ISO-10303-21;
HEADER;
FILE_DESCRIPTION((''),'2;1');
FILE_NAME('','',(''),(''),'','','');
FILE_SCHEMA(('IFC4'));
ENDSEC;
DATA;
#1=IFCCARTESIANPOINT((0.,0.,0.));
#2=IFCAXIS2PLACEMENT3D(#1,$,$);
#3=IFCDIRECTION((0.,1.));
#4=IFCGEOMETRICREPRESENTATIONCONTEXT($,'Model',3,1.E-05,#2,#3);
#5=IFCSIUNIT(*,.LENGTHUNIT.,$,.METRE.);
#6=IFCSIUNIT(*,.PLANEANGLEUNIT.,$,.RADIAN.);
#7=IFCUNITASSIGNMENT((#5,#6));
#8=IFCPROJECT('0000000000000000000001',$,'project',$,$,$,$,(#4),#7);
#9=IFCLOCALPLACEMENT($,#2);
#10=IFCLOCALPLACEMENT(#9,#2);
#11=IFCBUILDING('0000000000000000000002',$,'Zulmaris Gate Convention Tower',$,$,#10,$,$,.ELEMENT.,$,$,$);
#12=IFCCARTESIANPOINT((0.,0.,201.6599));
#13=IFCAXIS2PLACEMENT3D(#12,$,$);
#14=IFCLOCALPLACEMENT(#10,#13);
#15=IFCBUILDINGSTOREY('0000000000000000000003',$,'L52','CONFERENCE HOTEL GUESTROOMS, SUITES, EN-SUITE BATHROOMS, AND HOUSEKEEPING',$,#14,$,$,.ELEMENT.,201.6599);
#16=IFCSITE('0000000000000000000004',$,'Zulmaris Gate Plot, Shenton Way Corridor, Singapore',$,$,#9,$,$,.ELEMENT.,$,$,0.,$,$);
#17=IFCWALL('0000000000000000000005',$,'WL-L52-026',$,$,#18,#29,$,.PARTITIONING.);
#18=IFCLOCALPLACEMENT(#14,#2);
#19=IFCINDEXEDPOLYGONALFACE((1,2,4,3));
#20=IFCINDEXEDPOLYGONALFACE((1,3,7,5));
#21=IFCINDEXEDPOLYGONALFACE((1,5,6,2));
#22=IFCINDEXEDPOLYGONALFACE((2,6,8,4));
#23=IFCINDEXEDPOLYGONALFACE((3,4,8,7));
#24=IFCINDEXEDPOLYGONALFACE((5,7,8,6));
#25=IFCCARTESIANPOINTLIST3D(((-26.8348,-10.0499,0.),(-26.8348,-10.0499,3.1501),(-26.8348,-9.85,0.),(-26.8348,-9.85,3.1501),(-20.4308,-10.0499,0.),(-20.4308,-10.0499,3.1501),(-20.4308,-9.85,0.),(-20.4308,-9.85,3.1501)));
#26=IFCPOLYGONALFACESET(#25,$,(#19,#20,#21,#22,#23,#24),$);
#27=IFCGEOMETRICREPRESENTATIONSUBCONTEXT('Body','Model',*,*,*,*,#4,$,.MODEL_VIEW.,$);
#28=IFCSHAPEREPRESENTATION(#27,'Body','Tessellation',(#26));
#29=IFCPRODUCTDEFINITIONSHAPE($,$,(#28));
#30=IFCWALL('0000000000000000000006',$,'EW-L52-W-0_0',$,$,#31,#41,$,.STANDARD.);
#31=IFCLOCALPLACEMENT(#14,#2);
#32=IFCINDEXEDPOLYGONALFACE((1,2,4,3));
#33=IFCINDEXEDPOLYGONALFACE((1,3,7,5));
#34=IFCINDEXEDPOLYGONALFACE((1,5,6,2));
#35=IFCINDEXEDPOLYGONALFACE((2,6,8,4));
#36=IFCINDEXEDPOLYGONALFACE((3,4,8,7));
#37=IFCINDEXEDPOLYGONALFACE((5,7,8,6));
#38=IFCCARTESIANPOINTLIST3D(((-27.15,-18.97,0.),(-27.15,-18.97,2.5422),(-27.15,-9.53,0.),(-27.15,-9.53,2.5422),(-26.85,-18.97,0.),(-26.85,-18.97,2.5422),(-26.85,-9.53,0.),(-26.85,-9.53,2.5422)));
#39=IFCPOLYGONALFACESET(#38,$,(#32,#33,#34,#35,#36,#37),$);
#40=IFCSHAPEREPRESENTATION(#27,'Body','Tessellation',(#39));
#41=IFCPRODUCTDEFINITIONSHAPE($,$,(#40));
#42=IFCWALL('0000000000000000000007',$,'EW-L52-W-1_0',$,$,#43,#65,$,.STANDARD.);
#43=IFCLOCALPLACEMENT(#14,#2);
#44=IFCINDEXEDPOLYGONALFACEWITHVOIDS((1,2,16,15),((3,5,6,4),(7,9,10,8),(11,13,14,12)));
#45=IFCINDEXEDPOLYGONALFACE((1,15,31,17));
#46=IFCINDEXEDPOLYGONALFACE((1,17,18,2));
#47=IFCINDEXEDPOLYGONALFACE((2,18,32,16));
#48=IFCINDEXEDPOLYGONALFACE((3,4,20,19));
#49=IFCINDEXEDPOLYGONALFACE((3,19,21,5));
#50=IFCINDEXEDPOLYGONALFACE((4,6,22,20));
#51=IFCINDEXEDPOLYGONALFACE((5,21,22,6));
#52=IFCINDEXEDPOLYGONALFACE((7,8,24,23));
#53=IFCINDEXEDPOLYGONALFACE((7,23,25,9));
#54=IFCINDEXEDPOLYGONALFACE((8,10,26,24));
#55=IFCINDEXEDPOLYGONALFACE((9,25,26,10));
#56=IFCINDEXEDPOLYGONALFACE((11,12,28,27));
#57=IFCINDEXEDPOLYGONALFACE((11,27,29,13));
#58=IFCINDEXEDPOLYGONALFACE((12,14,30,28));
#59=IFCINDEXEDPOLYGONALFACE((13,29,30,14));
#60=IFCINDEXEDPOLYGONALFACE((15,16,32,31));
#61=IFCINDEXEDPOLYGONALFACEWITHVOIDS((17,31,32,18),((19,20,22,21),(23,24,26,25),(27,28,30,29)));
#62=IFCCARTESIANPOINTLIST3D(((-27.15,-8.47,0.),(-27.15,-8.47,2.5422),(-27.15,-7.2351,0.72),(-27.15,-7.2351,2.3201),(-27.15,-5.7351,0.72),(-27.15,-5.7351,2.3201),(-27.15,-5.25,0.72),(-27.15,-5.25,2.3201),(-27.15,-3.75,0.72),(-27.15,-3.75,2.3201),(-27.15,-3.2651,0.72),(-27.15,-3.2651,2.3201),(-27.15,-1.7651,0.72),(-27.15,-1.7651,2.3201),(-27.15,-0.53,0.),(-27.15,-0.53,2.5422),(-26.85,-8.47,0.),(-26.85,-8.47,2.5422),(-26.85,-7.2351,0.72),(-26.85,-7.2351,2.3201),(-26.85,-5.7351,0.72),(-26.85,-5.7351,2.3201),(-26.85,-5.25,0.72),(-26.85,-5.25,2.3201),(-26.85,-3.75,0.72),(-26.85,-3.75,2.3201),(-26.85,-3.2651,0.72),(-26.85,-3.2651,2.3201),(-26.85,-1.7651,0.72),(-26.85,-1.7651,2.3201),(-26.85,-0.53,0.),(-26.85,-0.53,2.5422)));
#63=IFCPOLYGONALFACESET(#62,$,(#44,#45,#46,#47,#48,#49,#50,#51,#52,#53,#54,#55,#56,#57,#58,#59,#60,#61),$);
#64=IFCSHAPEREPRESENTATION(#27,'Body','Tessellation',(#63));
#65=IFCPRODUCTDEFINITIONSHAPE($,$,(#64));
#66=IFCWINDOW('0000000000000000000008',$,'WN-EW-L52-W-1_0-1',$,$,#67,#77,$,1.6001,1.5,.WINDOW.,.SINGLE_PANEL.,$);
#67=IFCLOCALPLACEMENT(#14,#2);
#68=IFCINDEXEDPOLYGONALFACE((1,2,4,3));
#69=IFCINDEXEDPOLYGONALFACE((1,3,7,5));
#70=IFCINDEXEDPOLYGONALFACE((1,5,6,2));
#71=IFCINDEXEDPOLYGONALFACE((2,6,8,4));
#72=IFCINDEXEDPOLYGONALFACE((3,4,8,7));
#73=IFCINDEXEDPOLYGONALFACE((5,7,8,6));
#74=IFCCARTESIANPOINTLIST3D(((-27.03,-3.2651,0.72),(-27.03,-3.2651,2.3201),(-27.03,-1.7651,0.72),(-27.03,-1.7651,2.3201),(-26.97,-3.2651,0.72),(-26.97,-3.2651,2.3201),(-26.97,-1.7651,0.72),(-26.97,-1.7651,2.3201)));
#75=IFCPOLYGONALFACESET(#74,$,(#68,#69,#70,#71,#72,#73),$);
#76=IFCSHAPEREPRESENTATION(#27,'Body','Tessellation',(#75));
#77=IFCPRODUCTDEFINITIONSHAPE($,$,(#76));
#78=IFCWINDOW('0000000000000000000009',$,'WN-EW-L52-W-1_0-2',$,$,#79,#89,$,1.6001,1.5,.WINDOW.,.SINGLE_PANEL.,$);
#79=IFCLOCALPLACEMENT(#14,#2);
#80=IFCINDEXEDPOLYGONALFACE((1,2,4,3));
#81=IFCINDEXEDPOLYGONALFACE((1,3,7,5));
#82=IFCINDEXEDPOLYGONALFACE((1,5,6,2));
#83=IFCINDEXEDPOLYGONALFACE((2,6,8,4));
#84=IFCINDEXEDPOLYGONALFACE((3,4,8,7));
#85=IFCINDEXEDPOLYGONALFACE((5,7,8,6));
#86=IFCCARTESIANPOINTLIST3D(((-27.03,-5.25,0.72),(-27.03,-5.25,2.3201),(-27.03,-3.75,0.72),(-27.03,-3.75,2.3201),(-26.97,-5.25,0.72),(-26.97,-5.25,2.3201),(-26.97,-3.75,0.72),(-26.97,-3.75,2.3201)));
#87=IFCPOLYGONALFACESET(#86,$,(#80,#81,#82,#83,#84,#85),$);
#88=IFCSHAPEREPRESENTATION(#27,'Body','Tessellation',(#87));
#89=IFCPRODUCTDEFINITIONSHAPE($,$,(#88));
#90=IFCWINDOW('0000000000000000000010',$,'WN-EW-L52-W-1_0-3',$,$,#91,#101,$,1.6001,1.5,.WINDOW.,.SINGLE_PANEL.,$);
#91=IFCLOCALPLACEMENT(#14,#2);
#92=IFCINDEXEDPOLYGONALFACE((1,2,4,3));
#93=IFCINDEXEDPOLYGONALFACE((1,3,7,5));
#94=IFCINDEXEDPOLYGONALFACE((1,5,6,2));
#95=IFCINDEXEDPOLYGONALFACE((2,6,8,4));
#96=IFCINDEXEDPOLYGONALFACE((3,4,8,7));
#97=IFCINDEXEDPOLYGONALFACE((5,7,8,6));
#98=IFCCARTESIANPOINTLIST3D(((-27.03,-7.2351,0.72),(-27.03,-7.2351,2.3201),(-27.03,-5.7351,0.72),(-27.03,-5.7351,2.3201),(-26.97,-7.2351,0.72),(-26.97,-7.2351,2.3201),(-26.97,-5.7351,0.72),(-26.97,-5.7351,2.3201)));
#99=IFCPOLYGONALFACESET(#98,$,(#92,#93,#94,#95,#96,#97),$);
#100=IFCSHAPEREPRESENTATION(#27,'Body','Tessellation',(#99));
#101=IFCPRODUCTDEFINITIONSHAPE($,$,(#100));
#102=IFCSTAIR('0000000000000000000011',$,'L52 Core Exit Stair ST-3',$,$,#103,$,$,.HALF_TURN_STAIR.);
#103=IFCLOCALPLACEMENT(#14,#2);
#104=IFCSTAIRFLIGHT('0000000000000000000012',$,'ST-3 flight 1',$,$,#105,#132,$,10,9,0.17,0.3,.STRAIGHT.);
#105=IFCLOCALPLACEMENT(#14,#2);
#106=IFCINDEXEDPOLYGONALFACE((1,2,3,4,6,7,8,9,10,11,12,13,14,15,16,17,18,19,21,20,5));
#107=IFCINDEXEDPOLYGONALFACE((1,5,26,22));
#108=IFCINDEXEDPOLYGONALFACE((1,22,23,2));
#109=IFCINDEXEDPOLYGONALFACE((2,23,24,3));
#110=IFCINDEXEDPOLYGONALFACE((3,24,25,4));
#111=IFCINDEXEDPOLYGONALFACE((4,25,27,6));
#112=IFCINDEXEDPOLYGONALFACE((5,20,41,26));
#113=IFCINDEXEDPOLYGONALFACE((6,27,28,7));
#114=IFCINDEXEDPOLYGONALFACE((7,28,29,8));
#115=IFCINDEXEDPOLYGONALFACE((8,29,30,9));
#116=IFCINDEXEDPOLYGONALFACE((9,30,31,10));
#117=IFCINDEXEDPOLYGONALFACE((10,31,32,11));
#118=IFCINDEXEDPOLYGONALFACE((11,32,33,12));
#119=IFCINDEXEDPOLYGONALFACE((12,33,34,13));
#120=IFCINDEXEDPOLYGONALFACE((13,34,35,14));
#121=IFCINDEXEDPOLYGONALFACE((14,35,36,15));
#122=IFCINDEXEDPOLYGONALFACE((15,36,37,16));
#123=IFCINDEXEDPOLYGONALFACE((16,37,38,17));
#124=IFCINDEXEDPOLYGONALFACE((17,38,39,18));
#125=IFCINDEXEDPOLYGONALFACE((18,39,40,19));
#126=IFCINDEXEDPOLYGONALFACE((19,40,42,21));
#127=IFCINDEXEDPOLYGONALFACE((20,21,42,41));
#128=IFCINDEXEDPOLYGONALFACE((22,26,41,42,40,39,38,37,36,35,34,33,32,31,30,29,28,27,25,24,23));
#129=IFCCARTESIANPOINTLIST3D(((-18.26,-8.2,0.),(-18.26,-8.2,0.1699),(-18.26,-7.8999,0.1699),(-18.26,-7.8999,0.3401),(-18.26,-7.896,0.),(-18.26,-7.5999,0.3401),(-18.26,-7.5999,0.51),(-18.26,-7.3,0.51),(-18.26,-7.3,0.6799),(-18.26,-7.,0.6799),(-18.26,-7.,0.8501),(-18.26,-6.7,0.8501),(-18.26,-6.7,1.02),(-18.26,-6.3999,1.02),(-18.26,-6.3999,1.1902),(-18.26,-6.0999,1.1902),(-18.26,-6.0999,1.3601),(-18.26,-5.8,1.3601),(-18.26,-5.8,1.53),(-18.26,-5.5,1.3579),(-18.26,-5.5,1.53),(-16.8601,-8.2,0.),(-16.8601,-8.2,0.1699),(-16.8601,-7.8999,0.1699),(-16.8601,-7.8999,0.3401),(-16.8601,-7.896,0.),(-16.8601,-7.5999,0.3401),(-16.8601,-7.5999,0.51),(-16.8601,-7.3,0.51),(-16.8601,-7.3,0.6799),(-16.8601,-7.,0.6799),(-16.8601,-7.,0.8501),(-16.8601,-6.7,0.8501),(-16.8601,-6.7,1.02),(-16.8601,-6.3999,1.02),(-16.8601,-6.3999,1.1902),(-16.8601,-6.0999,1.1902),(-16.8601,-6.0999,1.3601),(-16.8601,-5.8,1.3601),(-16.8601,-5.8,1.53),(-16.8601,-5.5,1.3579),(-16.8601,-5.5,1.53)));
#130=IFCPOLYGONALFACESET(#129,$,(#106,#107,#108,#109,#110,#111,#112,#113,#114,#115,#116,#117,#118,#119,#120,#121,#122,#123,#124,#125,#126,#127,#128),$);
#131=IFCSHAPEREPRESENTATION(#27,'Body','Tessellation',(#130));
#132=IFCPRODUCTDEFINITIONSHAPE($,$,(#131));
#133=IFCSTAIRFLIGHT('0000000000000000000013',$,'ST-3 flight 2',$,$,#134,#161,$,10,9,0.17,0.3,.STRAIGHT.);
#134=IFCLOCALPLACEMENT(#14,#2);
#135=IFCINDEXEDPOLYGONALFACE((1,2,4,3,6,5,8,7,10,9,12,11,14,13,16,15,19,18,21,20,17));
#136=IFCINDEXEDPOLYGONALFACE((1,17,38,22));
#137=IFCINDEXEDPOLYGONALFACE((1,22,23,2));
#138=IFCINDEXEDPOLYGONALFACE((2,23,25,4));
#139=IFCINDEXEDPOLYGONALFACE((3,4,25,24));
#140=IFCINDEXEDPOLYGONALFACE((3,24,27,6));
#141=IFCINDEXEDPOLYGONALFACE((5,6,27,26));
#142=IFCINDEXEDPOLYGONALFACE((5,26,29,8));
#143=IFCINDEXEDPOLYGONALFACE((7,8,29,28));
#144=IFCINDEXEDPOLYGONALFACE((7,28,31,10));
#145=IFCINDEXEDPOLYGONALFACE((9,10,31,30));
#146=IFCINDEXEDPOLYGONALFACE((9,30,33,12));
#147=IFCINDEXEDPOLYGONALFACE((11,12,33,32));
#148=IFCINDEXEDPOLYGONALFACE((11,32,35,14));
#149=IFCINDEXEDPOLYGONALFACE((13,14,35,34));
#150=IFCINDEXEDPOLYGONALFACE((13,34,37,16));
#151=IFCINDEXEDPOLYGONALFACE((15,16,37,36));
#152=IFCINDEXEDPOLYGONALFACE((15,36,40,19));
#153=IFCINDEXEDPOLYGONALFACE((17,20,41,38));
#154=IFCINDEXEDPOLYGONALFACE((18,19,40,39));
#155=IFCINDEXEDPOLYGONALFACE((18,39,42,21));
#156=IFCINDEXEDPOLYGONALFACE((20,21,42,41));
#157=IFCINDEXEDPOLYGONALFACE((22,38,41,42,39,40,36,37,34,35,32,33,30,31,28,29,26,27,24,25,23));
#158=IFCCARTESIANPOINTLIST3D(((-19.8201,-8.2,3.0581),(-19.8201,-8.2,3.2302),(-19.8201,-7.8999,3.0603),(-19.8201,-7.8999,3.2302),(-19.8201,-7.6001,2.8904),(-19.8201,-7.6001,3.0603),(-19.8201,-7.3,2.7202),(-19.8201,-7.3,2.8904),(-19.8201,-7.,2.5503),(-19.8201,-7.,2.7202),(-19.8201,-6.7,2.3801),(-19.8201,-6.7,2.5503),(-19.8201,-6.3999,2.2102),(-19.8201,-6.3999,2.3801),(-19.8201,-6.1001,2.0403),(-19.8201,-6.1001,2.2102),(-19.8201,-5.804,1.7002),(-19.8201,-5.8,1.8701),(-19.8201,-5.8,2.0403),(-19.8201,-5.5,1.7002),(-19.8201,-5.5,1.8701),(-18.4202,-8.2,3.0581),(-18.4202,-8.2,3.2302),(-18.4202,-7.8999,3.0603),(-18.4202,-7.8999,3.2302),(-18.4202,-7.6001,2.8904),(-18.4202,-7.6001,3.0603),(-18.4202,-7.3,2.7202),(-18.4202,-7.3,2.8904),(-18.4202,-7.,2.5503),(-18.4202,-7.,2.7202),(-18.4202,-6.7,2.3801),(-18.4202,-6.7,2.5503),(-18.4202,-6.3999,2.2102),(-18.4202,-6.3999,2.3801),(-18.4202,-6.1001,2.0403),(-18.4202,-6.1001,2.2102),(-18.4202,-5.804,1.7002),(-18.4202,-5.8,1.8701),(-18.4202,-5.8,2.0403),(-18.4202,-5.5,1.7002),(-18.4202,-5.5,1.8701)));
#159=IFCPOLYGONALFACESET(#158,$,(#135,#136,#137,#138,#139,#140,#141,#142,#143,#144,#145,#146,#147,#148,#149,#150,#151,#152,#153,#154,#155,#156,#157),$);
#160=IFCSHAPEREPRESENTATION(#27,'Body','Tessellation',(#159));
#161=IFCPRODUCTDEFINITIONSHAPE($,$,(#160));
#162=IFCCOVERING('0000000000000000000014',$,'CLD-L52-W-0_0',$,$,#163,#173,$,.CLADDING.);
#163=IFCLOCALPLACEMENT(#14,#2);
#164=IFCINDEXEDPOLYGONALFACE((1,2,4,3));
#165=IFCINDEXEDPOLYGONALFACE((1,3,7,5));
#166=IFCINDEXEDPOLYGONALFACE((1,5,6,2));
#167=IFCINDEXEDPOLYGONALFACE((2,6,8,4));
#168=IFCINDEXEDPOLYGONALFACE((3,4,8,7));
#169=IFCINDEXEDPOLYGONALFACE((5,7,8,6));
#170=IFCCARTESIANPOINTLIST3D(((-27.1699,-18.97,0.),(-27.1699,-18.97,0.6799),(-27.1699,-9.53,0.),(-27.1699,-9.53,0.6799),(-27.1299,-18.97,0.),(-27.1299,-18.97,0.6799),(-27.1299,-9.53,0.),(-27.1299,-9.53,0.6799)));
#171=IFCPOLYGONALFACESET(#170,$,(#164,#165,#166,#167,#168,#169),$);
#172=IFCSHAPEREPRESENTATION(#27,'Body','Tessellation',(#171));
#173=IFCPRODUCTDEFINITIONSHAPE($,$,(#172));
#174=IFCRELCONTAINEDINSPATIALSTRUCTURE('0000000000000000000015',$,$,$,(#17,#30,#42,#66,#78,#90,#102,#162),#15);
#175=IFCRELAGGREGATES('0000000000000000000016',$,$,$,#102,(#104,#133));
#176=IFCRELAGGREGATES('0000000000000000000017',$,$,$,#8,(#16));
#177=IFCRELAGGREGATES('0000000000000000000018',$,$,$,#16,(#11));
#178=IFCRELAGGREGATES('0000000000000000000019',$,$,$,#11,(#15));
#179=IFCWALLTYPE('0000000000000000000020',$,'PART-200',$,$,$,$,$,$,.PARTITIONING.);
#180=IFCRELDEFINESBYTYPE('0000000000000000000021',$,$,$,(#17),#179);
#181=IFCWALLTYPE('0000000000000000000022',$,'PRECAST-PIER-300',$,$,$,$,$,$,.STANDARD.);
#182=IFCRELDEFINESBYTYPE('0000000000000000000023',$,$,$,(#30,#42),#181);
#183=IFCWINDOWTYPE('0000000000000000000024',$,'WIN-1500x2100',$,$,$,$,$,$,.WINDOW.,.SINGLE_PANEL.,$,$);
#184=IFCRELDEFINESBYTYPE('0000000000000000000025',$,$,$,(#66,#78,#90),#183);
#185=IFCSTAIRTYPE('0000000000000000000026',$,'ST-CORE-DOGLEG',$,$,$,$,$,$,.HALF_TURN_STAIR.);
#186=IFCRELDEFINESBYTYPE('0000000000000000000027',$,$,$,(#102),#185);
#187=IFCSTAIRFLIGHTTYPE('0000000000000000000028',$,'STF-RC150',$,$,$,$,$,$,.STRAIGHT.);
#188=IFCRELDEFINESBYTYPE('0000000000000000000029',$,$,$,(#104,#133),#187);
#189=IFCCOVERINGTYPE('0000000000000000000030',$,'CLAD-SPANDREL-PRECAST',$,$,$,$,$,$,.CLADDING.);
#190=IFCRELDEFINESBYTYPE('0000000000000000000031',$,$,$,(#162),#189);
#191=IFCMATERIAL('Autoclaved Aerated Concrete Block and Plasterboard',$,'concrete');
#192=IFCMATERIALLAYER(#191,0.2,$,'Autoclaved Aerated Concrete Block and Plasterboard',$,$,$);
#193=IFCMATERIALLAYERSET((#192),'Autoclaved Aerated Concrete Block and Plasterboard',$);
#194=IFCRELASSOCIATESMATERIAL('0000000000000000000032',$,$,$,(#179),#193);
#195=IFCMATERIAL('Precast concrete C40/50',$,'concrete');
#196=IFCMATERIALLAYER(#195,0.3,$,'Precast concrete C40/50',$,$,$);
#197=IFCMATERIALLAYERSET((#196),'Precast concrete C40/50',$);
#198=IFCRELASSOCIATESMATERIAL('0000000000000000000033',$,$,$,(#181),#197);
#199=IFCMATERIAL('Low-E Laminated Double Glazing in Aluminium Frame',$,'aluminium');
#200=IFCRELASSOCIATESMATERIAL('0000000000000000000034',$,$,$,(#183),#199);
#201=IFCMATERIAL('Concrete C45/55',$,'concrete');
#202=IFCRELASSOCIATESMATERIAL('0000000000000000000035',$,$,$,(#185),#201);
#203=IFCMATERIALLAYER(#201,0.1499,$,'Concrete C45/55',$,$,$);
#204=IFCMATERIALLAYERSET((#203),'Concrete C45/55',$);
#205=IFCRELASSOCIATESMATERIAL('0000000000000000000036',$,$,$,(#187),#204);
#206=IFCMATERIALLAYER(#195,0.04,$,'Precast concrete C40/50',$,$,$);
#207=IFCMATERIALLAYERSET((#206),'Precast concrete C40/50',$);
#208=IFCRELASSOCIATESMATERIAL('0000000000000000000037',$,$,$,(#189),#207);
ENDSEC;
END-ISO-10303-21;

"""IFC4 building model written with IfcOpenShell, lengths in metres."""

from ifc_helpers import new_model, si_unit, direction, frame, frame_2d, origin, place, context, subcontext, project, spatial, polyline, rectangle, outline, extrude, material, layer, layer_set, type_object, element, fill, aggregate, save


model = new_model("IFC4")

# Units and contexts
model_context = context("Model", 3, precision=1e-05, world=origin(), true_north=direction((0.0, 1.0)))
body_context = subcontext(model_context, "Body", "Model", "MODEL_VIEW")
ifc_project = project(units=[si_unit("LENGTHUNIT", "METRE"), si_unit("PLANEANGLEUNIT", "RADIAN")], contexts=[model_context])

# Site, building, storey
site_placement = place(None, origin())
site = spatial("IfcSite", under=ifc_project, at=site_placement, Name="Zulmaris Gate Plot, Shenton Way Corridor, Singapore", CompositionType="ELEMENT", RefElevation=0.0)
building_placement = place(site_placement, origin())
building = spatial("IfcBuilding", under=site, at=building_placement, Name="Zulmaris Gate Convention Tower", CompositionType="ELEMENT")
storey_placement = place(building_placement, frame((0.0, 0.0, 201.6599)))
storey = spatial("IfcBuildingStorey", under=building, at=storey_placement, Name="L52", Description="CONFERENCE HOTEL GUESTROOMS, SUITES, EN-SUITE BATHROOMS, AND HOUSEKEEPING", CompositionType="ELEMENT", Elevation=201.6599)

# Walls
ifc_material_1 = material(Name="Autoclaved Aerated Concrete Block and Plasterboard", Category="concrete")
ifc_layer_1 = layer(ifc_material_1, 0.2, Name="Autoclaved Aerated Concrete Block and Plasterboard")
ifc_layer_set_1 = layer_set([ifc_layer_1], Name="Autoclaved Aerated Concrete Block and Plasterboard")
wall_type_1 = type_object("IfcWallType", Name="PART-200", PredefinedType="PARTITIONING", material=ifc_layer_set_1)
wall_1_placement = place(storey_placement, frame((-26.835, -9.95, 0.0), z_axis=(0.0, 0.0, 1.0), x_axis=(1.0, 0.0, 0.0)))
element("IfcWall", 1, at=wall_1_placement, inside=storey, type_object=wall_type_1, Name="WL-L52-026", PredefinedType="PARTITIONING", context=body_context, shape_type="SweptSolid", body=[
    extrude(rectangle(XDim=6.4041, YDim=0.2, at=frame_2d((3.2021, 0.0))), origin(), (0.0, 0.0, 1.0), 3.1501),
])
ifc_material_2 = material(Name="Precast concrete C40/50", Category="concrete")
ifc_layer_2 = layer(ifc_material_2, 0.3, Name="Precast concrete C40/50")
ifc_layer_set_2 = layer_set([ifc_layer_2], Name="Precast concrete C40/50")
wall_type_2 = type_object("IfcWallType", Name="PRECAST-PIER-300", PredefinedType="STANDARD", material=ifc_layer_set_2)
wall_2_placement = place(storey_placement, frame((-27.0, -9.53, 0.0), z_axis=(0.0, 0.0, 1.0), x_axis=(0.0, -1.0, 0.0)))
element("IfcWall", 2, at=wall_2_placement, inside=storey, type_object=wall_type_2, Name="EW-L52-W-0_0", PredefinedType="STANDARD", context=body_context, shape_type="SweptSolid", body=[
    extrude(rectangle(XDim=9.4399, YDim=0.3, at=frame_2d((4.72, 0.0))), origin(), (0.0, 0.0, 1.0), 2.5422),
])

# Wall, openings, windows
wall_3_placement = place(storey_placement, frame((-27.0, -0.53, 0.0), z_axis=(0.0, 0.0, 1.0), x_axis=(0.0, -1.0, 0.0)))
wall_3 = element("IfcWall", 3, at=wall_3_placement, inside=storey, type_object=wall_type_2, Name="EW-L52-W-1_0", PredefinedType="STANDARD", context=body_context, shape_type="SweptSolid", body=[
    extrude(rectangle(XDim=7.9399, YDim=0.3, at=frame_2d((3.97, 0.0))), origin(), (0.0, 0.0, 1.0), 2.5422),
])
opening_1_placement = place(wall_3_placement, frame((1.2351, 0.0, 0.72)))
opening_1 = element("IfcOpeningElement", 4, at=opening_1_placement, cuts=wall_3, PredefinedType="OPENING", context=body_context, shape_type="SweptSolid", body=[
    extrude(rectangle(XDim=1.5, YDim=1.6001, at=frame_2d((0.75, 0.8))), frame((0.0, 0.1602, 0.0), z_axis=(0.0, -1.0, 0.0), x_axis=(1.0, 0.0, 0.0)), (0.0, 0.0, 1.0), 0.3201),
])
opening_2_placement = place(wall_3_placement, frame((3.22, 0.0, 0.72)))
opening_2 = element("IfcOpeningElement", 5, at=opening_2_placement, cuts=wall_3, PredefinedType="OPENING", context=body_context, shape_type="SweptSolid", body=[
    extrude(rectangle(XDim=1.5, YDim=1.6001, at=frame_2d((0.75, 0.8))), frame((0.0, 0.1602, 0.0), z_axis=(0.0, -1.0, 0.0), x_axis=(1.0, 0.0, 0.0)), (0.0, 0.0, 1.0), 0.3201),
])
opening_3_placement = place(wall_3_placement, frame((5.2051, 0.0, 0.72)))
opening_3 = element("IfcOpeningElement", 6, at=opening_3_placement, cuts=wall_3, PredefinedType="OPENING", context=body_context, shape_type="SweptSolid", body=[
    extrude(rectangle(XDim=1.5, YDim=1.6001, at=frame_2d((0.75, 0.8))), frame((0.0, 0.1602, 0.0), z_axis=(0.0, -1.0, 0.0), x_axis=(1.0, 0.0, 0.0)), (0.0, 0.0, 1.0), 0.3201),
])
ifc_material_3 = material(Name="Low-E Laminated Double Glazing in Aluminium Frame", Category="aluminium")
window_type = type_object("IfcWindowType", Name="WIN-1500x2100", PartitioningType="SINGLE_PANEL", PredefinedType="WINDOW", material=ifc_material_3)
window_1_placement = place(opening_1_placement, origin())
window_1 = element("IfcWindow", 7, at=window_1_placement, inside=storey, type_object=window_type, Name="WN-EW-L52-W-1_0-1", OverallHeight=1.6001, OverallWidth=1.5, PartitioningType="SINGLE_PANEL", PredefinedType="WINDOW", context=body_context, shape_type="SweptSolid", body=[
    extrude(rectangle(XDim=1.5, YDim=1.6001, at=frame_2d((0.75, 0.8))), frame((0.0, 0.03, 0.0), z_axis=(0.0, -1.0, 0.0), x_axis=(1.0, 0.0, 0.0)), (0.0, 0.0, 1.0), 0.0601),
])
fill(opening_1, window_1)
window_2_placement = place(opening_2_placement, origin())
window_2 = element("IfcWindow", 8, at=window_2_placement, inside=storey, type_object=window_type, Name="WN-EW-L52-W-1_0-2", OverallHeight=1.6001, OverallWidth=1.5, PartitioningType="SINGLE_PANEL", PredefinedType="WINDOW", context=body_context, shape_type="SweptSolid", body=[
    extrude(rectangle(XDim=1.5, YDim=1.6001, at=frame_2d((0.75, 0.8))), frame((0.0, 0.03, 0.0), z_axis=(0.0, -1.0, 0.0), x_axis=(1.0, 0.0, 0.0)), (0.0, 0.0, 1.0), 0.0601),
])
fill(opening_2, window_2)
window_3_placement = place(opening_3_placement, origin())
window_3 = element("IfcWindow", 9, at=window_3_placement, inside=storey, type_object=window_type, Name="WN-EW-L52-W-1_0-3", OverallHeight=1.6001, OverallWidth=1.5, PartitioningType="SINGLE_PANEL", PredefinedType="WINDOW", context=body_context, shape_type="SweptSolid", body=[
    extrude(rectangle(XDim=1.5, YDim=1.6001, at=frame_2d((0.75, 0.8))), frame((0.0, 0.03, 0.0), z_axis=(0.0, -1.0, 0.0), x_axis=(1.0, 0.0, 0.0)), (0.0, 0.0, 1.0), 0.0601),
])
fill(opening_3, window_3)

# Stair, stair flights
ifc_material_4 = material(Name="Concrete C45/55", Category="concrete")
stair_type = type_object("IfcStairType", Name="ST-CORE-DOGLEG", PredefinedType="HALF_TURN_STAIR", material=ifc_material_4)
stair_placement = place(storey_placement, origin())
stair = element("IfcStair", 10, at=stair_placement, inside=storey, type_object=stair_type, Name="L52 Core Exit Stair ST-3", PredefinedType="HALF_TURN_STAIR")
ifc_layer_3 = layer(ifc_material_4, 0.1499, Name="Concrete C45/55")
ifc_layer_set_3 = layer_set([ifc_layer_3], Name="Concrete C45/55")
stair_flight_type = type_object("IfcStairFlightType", Name="STF-RC150", PredefinedType="STRAIGHT", material=ifc_layer_set_3)
stair_flight_1_placement = place(storey_placement, frame((-17.5601, -8.2, 0.0), z_axis=(0.0, 0.0, 1.0), x_axis=(0.0, 1.0, 0.0)))
stair_flight_1 = element("IfcStairFlight", 11, at=stair_flight_1_placement, type_object=stair_flight_type, Name="ST-3 flight 1", NumberOfRisers=10, NumberOfTreads=9, PredefinedType="STRAIGHT", RiserHeight=0.17, TreadLength=0.3, context=body_context, shape_type="SweptSolid", body=[
    extrude(outline(polyline([(0.0, 0.0), (0.0, 0.1699), (0.3, 0.1699), (0.3, 0.3401), (0.6001, 0.3401), (0.6001, 0.51), (0.8999, 0.51), (0.8999, 0.6799), (1.2, 0.6799), (1.2, 0.8501), (1.5, 0.8501), (1.5, 1.02), (1.8, 1.02), (1.8, 1.1902), (2.1001, 1.1902), (2.1001, 1.3601), (2.3999, 1.3601), (2.3999, 1.53), (2.7, 1.53), (2.7, 1.7002), (2.7, 1.3579), (0.304, 0.0), (0.0, 0.0)])), frame((0.0, 0.7, 0.0), z_axis=(0.0, -1.0, 0.0), x_axis=(1.0, 0.0, 0.0)), (0.0, 0.0, 1.0), 1.3999),
])
stair_flight_2_placement = place(storey_placement, frame((-19.1201, -5.5, 1.7002), z_axis=(0.0, 0.0, 1.0), x_axis=(0.0, -1.0, 0.0)))
stair_flight_2 = element("IfcStairFlight", 12, at=stair_flight_2_placement, type_object=stair_flight_type, Name="ST-3 flight 2", NumberOfRisers=10, NumberOfTreads=9, PredefinedType="STRAIGHT", RiserHeight=0.17, TreadLength=0.3, context=body_context, shape_type="SweptSolid", body=[
    extrude(outline(polyline([(0.0, 0.0), (0.0, 0.1699), (0.3, 0.1699), (0.3, 0.3401), (0.6001, 0.3401), (0.6001, 0.51), (0.8999, 0.51), (0.8999, 0.6799), (1.2, 0.6799), (1.2, 0.8501), (1.5, 0.8501), (1.5, 1.02), (1.8, 1.02), (1.8, 1.1902), (2.1001, 1.1902), (2.1001, 1.3601), (2.3999, 1.3601), (2.3999, 1.53), (2.7, 1.53), (2.7, 1.7002), (2.7, 1.3579), (0.304, 0.0), (0.0, 0.0)])), frame((0.0, 0.7, 0.0), z_axis=(0.0, -1.0, 0.0), x_axis=(1.0, 0.0, 0.0)), (0.0, 0.0, 1.0), 1.3999),
])
aggregate(stair, [stair_flight_1, stair_flight_2])

# Covering
ifc_layer_4 = layer(ifc_material_2, 0.04, Name="Precast concrete C40/50")
ifc_layer_set_4 = layer_set([ifc_layer_4], Name="Precast concrete C40/50")
covering_type = type_object("IfcCoveringType", Name="CLAD-SPANDREL-PRECAST", PredefinedType="CLADDING", material=ifc_layer_set_4)
covering_1_placement = place(storey_placement, frame((-27.1499, -9.53, 0.0), z_axis=(0.0, 0.0, 1.0), x_axis=(0.0, -1.0, 0.0)))
element("IfcCovering", 13, at=covering_1_placement, inside=storey, type_object=covering_type, Name="CLD-L52-W-0_0", PredefinedType="CLADDING", context=body_context, shape_type="SweptSolid", body=[
    extrude(rectangle(XDim=9.4399, YDim=0.04, at=frame_2d((4.72, 0.0))), origin(), (0.0, 0.0, 1.0), 0.6799),
])

save(model, "model.ifc")
